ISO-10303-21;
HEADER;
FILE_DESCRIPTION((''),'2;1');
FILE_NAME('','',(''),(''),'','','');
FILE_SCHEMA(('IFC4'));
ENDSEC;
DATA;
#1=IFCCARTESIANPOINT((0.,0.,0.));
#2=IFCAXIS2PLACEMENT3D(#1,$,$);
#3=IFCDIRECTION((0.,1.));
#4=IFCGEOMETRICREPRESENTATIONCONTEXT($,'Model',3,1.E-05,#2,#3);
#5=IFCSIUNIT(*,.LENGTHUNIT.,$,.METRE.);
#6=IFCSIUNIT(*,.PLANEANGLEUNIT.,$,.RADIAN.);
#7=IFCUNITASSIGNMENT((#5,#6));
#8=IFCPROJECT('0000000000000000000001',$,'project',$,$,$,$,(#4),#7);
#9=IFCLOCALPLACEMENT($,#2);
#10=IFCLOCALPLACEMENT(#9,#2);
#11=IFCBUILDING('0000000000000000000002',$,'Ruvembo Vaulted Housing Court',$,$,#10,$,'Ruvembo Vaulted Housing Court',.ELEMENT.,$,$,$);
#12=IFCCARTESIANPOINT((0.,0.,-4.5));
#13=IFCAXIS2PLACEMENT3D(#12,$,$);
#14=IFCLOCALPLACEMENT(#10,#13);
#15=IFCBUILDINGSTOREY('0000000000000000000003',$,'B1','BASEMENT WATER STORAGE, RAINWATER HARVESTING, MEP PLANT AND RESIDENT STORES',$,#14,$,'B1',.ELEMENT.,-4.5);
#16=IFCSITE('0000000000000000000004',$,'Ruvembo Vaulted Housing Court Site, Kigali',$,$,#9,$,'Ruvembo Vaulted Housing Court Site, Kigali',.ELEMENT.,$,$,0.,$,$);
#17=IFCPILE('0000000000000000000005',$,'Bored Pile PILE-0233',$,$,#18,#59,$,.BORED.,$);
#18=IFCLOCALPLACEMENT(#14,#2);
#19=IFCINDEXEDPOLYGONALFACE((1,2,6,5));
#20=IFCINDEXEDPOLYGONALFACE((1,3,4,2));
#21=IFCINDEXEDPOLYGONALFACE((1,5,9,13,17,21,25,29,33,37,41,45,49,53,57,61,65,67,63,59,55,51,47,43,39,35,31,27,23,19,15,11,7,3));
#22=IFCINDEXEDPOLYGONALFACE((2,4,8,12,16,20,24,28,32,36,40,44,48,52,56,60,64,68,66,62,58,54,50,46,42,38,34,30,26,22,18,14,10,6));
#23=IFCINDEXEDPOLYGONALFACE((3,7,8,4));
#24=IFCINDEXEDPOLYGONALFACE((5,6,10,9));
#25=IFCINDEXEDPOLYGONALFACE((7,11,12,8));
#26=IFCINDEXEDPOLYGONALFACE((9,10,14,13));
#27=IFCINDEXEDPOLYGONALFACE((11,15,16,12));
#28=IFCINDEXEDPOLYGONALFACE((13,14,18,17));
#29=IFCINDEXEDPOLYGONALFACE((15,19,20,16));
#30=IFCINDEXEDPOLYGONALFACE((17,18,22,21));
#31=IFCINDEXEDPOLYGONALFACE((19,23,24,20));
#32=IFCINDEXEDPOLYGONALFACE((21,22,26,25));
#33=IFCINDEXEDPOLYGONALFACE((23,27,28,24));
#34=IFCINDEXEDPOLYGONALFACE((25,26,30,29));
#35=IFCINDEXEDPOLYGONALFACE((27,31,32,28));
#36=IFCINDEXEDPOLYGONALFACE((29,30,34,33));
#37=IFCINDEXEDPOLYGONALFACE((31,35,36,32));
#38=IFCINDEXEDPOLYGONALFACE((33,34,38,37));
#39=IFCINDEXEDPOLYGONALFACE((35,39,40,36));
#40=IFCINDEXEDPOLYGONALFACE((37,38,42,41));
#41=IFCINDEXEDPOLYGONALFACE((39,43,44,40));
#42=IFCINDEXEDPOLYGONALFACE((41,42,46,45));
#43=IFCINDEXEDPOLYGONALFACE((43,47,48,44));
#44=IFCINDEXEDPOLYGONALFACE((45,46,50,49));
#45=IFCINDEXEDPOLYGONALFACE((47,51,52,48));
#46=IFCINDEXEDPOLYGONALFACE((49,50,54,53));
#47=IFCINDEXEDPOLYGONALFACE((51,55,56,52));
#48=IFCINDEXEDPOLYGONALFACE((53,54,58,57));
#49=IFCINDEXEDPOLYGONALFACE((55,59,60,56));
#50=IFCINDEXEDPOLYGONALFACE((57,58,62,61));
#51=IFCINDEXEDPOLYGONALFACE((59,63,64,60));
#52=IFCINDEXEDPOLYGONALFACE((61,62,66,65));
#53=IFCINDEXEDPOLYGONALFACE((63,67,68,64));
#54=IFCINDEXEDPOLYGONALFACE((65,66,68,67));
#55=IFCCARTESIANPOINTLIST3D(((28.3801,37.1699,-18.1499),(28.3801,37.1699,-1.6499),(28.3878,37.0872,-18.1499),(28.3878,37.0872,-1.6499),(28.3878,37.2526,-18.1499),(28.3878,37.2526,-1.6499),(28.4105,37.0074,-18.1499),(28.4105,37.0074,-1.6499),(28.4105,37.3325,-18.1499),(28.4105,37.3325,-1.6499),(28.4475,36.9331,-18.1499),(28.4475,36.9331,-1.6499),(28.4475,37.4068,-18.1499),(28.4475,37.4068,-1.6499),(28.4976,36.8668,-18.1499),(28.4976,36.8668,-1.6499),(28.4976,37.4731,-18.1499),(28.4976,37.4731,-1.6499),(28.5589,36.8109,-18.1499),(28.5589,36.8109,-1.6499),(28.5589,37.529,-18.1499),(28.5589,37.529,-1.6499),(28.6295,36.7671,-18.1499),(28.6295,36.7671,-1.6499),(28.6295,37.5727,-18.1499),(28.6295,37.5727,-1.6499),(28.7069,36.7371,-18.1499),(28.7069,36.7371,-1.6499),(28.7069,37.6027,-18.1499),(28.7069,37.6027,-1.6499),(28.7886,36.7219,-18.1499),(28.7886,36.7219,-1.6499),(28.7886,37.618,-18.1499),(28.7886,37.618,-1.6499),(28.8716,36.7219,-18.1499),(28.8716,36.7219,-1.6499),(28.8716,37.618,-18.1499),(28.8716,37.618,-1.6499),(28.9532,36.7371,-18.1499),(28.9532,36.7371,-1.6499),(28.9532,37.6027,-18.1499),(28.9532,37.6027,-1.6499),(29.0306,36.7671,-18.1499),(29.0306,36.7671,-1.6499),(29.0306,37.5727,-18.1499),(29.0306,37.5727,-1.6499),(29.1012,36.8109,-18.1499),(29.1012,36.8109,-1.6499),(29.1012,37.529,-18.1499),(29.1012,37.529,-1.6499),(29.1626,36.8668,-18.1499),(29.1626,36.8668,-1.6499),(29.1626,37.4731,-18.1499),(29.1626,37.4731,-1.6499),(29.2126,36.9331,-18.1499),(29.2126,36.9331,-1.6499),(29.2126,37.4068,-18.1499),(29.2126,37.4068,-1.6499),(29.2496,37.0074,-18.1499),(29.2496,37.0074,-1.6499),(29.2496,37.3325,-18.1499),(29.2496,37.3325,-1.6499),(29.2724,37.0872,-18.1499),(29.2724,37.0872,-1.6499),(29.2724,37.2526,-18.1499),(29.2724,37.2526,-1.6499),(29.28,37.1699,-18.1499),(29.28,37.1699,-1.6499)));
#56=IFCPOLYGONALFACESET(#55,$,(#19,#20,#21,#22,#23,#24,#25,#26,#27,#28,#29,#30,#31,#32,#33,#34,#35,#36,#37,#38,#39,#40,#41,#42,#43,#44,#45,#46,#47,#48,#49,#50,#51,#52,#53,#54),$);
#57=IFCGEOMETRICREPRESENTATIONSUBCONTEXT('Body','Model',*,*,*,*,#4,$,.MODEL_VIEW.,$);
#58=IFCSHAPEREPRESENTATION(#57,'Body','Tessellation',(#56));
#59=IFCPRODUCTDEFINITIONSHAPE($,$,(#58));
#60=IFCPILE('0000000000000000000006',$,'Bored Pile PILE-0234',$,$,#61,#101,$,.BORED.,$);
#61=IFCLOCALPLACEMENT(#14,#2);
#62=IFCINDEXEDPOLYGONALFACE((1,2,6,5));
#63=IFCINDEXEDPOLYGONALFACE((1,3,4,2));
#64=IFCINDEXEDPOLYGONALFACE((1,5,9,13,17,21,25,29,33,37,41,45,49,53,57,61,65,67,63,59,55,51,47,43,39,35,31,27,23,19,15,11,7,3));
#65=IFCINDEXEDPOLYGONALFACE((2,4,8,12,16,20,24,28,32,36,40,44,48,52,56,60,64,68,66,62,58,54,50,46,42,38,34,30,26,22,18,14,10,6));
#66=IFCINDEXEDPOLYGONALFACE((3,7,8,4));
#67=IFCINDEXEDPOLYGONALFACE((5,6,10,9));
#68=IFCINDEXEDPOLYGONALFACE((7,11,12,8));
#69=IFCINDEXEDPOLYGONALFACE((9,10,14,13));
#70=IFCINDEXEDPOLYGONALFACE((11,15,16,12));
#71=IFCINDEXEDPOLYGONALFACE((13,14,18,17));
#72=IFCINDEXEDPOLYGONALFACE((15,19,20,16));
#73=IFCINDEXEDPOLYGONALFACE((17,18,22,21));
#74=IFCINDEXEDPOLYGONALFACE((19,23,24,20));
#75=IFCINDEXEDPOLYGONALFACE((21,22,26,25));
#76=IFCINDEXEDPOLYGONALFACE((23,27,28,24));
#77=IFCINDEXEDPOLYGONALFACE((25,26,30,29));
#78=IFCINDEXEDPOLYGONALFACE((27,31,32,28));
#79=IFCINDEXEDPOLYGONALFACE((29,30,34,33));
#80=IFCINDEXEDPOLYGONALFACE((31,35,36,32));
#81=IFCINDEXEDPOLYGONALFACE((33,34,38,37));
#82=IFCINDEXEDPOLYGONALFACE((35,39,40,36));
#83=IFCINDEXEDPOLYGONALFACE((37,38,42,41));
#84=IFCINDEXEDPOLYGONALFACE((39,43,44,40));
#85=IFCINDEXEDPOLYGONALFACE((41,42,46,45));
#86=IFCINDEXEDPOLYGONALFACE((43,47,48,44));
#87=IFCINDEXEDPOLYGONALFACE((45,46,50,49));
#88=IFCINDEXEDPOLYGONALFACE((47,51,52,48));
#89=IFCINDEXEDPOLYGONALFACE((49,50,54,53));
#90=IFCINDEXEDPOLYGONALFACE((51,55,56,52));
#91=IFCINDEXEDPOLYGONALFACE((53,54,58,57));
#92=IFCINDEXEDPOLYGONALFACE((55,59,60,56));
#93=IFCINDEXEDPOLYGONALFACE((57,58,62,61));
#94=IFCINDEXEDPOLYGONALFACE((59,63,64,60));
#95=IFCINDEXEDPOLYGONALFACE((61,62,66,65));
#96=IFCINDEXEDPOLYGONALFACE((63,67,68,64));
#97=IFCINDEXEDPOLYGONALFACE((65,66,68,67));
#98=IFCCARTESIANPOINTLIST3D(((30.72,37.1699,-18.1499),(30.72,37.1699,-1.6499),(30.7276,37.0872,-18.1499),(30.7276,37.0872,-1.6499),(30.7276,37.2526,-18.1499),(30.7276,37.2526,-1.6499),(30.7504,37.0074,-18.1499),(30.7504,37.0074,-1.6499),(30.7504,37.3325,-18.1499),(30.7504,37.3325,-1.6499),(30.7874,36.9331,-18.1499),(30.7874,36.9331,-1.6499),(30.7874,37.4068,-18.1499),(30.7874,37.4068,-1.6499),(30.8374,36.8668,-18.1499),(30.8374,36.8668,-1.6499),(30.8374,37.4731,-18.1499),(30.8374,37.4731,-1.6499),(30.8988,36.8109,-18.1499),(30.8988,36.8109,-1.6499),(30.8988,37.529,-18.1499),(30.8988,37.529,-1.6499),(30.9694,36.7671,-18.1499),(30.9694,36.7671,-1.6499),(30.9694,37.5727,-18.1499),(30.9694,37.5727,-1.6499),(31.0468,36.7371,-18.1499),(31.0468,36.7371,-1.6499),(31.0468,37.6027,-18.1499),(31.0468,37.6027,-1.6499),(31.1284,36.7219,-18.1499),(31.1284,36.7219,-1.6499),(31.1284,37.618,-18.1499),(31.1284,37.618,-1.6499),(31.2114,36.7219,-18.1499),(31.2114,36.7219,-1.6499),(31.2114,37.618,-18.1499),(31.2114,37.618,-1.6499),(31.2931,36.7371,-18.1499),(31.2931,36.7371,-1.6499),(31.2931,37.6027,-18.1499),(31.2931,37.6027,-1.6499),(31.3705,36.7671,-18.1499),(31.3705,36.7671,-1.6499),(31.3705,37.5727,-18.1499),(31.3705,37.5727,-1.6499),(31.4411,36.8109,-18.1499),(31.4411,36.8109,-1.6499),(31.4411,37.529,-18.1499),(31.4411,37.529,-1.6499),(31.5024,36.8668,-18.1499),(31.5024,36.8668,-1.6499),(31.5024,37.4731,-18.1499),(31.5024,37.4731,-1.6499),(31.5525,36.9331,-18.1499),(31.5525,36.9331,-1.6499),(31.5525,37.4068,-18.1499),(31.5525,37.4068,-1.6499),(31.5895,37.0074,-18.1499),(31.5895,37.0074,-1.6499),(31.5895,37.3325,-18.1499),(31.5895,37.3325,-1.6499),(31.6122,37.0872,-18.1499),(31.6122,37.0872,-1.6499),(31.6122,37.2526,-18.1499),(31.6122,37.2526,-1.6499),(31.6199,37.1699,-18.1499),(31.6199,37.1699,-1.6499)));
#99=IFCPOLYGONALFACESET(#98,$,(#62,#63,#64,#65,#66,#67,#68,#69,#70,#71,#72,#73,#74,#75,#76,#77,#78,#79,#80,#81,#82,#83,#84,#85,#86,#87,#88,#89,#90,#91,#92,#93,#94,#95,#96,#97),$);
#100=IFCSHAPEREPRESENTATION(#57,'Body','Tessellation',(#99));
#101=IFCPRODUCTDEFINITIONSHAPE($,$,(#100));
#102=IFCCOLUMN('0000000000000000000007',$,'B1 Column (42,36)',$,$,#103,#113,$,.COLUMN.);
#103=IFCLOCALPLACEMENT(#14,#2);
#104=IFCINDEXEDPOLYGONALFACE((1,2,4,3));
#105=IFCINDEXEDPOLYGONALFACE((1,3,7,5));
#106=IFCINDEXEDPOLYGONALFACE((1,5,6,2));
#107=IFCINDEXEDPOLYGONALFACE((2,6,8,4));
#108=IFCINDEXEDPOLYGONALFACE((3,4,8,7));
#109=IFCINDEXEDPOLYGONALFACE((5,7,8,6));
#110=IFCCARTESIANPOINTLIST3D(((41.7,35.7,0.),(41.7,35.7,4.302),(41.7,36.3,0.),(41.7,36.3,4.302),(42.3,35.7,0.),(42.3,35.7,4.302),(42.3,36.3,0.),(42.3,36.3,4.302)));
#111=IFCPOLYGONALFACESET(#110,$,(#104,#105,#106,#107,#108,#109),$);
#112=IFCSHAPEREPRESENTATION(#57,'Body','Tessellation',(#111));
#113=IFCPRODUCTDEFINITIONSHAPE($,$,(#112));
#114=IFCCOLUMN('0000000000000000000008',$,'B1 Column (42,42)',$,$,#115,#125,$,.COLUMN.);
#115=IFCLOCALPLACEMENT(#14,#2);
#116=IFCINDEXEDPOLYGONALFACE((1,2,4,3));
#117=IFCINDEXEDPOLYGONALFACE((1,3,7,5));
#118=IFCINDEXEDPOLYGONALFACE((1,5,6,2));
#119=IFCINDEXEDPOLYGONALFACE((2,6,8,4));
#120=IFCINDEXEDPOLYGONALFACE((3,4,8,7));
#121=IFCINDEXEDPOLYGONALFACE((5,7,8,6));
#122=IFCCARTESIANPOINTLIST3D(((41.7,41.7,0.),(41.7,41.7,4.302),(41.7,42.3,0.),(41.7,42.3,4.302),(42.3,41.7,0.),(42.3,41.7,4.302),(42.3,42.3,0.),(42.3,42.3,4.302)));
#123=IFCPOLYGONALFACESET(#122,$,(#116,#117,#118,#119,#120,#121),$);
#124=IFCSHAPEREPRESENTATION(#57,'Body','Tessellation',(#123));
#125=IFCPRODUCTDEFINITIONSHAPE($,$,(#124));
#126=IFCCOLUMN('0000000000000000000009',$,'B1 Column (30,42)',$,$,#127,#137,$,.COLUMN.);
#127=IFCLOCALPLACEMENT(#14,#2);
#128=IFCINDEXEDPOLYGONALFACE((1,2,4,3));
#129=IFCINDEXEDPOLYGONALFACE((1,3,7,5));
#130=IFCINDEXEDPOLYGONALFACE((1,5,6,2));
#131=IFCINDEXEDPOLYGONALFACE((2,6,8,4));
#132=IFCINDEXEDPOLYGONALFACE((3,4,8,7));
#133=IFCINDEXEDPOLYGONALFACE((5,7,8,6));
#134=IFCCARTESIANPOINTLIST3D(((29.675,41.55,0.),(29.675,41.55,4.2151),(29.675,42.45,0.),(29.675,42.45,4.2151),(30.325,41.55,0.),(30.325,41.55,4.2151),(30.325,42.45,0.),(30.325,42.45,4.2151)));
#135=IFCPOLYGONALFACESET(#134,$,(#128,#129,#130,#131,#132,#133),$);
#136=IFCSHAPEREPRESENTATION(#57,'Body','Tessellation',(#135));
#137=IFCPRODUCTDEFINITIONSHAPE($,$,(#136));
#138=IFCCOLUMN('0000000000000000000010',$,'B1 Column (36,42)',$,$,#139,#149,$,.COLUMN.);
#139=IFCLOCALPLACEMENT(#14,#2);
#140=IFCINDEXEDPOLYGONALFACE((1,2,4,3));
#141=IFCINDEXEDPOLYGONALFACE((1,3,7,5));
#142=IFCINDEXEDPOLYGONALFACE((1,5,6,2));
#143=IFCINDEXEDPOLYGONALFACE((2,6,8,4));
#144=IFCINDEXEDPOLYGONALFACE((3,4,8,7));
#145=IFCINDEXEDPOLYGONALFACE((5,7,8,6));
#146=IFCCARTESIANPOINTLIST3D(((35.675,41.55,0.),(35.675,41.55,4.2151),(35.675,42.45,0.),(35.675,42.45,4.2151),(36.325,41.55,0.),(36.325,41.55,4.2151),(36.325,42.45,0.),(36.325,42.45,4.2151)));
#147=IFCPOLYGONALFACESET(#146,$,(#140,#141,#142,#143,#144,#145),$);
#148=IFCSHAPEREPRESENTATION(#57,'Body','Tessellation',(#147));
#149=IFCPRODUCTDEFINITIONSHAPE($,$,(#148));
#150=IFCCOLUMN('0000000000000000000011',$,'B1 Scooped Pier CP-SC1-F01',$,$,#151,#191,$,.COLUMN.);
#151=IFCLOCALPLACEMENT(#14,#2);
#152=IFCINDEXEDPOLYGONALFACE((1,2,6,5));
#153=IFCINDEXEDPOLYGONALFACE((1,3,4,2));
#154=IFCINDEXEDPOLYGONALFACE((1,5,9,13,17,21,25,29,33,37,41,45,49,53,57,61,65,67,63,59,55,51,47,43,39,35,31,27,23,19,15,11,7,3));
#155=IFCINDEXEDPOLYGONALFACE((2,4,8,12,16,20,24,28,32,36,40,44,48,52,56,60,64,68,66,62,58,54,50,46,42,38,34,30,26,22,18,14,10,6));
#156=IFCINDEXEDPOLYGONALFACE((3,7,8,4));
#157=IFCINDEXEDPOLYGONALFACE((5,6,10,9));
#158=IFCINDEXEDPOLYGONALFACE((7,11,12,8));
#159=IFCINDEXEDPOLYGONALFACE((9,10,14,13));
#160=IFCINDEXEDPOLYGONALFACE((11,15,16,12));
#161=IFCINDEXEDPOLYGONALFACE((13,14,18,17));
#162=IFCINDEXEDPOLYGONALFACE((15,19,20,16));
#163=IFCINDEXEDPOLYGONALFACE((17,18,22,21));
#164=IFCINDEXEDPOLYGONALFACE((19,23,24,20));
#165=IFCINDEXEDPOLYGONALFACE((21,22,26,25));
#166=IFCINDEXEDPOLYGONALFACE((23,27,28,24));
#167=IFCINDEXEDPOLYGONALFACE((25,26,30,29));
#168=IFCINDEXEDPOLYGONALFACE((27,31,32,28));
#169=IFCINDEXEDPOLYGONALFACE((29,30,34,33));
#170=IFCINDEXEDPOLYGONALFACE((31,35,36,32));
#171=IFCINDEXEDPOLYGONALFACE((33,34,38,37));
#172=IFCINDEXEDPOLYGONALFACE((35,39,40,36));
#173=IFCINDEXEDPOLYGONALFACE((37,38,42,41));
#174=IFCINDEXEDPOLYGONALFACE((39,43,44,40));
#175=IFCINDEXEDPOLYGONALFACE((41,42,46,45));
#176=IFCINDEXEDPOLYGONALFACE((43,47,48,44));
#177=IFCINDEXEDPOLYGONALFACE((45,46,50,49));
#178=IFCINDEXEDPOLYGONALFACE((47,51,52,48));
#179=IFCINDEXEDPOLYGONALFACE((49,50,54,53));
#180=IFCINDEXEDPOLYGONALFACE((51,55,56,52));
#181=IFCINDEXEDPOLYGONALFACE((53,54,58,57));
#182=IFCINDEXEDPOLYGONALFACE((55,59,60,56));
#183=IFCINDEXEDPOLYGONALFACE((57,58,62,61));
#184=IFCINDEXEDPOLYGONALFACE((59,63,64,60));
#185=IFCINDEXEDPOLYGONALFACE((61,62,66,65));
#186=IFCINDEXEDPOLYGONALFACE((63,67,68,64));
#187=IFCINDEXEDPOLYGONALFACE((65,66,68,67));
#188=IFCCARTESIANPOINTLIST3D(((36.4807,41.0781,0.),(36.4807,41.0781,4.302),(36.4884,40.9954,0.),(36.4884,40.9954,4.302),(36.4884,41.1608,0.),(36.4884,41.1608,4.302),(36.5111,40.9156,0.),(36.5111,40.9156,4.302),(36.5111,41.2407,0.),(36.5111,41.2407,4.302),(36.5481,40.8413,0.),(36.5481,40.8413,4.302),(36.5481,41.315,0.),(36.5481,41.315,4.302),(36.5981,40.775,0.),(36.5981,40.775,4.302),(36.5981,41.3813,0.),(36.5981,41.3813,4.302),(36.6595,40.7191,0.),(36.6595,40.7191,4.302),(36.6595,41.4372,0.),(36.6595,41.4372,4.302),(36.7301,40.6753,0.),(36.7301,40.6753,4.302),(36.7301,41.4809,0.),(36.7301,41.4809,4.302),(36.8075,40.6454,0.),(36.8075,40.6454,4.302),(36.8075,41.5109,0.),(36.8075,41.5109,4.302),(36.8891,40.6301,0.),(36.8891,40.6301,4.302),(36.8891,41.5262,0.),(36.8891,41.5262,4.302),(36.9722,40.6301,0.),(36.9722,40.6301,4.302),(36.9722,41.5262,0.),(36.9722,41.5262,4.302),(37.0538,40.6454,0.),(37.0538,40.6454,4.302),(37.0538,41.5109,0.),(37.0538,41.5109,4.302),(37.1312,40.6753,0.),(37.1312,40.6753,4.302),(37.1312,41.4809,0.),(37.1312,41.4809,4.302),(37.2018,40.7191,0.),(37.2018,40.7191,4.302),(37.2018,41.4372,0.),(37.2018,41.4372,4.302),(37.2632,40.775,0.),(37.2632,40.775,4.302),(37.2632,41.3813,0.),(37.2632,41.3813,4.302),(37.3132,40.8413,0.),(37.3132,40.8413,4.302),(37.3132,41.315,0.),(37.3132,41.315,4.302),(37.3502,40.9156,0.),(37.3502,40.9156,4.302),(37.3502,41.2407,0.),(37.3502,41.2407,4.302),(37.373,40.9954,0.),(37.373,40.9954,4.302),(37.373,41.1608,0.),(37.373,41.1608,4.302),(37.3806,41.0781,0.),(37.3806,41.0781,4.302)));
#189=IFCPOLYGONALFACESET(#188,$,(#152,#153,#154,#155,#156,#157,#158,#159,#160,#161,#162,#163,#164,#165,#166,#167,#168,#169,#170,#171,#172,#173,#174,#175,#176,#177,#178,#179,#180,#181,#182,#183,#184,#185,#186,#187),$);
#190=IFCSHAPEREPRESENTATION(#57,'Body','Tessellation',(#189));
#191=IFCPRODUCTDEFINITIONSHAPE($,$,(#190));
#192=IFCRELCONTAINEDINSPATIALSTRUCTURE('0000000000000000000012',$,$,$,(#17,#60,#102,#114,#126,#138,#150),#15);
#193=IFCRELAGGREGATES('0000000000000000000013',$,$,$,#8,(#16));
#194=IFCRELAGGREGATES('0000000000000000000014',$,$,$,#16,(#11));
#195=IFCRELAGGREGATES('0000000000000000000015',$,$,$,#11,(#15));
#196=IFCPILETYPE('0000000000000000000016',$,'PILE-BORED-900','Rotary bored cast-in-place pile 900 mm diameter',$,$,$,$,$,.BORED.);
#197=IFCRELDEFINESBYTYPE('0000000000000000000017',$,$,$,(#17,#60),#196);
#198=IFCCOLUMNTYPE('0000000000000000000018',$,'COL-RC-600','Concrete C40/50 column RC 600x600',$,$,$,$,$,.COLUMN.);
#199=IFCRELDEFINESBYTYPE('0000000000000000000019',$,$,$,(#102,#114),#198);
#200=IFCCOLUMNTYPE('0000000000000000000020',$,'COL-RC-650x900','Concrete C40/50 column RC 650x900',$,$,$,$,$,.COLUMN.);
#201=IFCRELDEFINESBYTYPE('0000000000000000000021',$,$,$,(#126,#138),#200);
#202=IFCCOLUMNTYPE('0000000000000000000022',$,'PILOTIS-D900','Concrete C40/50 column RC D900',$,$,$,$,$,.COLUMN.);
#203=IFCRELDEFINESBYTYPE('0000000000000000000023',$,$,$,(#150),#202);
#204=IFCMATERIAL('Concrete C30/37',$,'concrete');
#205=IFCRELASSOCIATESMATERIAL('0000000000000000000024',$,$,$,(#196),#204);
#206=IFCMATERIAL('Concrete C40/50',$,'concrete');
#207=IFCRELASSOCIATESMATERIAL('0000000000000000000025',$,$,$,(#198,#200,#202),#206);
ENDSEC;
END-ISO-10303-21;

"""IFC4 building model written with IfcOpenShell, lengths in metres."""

from ifc_helpers import new_model, si_unit, direction, frame, origin, origin_2d, place, context, subcontext, project, spatial, rectangle, circle, extrude, material, material_profile, profile_set, type_object, element, save


model = new_model("IFC4")

# Units and contexts
model_context = context("Model", 3, precision=1e-05, world=origin(), true_north=direction((0.0, 1.0)))
body_context = subcontext(model_context, "Body", "Model", "MODEL_VIEW")
ifc_project = project(units=[si_unit("LENGTHUNIT", "METRE"), si_unit("PLANEANGLEUNIT", "RADIAN")], contexts=[model_context])

# Site, building, storey
site_placement = place(None, origin())
site = spatial("IfcSite", under=ifc_project, at=site_placement, Name="Ruvembo Vaulted Housing Court Site, Kigali", LongName="Ruvembo Vaulted Housing Court Site, Kigali", CompositionType="ELEMENT", RefElevation=0.0)
building_placement = place(site_placement, origin())
building = spatial("IfcBuilding", under=site, at=building_placement, Name="Ruvembo Vaulted Housing Court", LongName="Ruvembo Vaulted Housing Court", CompositionType="ELEMENT")
storey_placement = place(building_placement, frame((0.0, 0.0, -4.5)))
storey = spatial("IfcBuildingStorey", under=building, at=storey_placement, Name="B1", Description="BASEMENT WATER STORAGE, RAINWATER HARVESTING, MEP PLANT AND RESIDENT STORES", LongName="B1", CompositionType="ELEMENT", Elevation=-4.5)

# Piles
ifc_material_1 = material(Name="Concrete C30/37", Category="concrete")
ifc_material_profile_1 = material_profile(ifc_material_1, circle(Radius=0.45, at=origin_2d()), Name="PILE D900")
ifc_profile_set_1 = profile_set([ifc_material_profile_1], Name="Concrete C30/37")
pile_type_1 = type_object("IfcPileType", Name="PILE-BORED-900", Description="Rotary bored cast-in-place pile 900 mm diameter", PredefinedType="BORED", material=ifc_profile_set_1)
for number, where, z_axis, x_axis, name in (
    (1, (28.8301, 37.1699, -1.6499), (0.0, 0.0, -1.0), (1.0, 0.0, 0.0), "Bored Pile PILE-0233"),
    (2, (31.1699, 37.1699, -1.6499), (0.0, 0.0, -1.0), (1.0, 0.0, 0.0), "Bored Pile PILE-0234"),
):
    element("IfcPile", number, at=place(storey_placement, frame(where, z_axis=z_axis, x_axis=x_axis)), inside=storey, type_object=pile_type_1, Name=name, PredefinedType="BORED", context=body_context, shape_type="SweptSolid", body=[
        extrude(circle(Radius=0.45, at=origin_2d()), origin(), (0.0, 0.0, 1.0), 16.5),
    ])

# Columns
ifc_material_2 = material(Name="Concrete C40/50", Category="concrete")
ifc_material_profile_2 = material_profile(ifc_material_2, rectangle(XDim=0.6001, YDim=0.6001, at=origin_2d()), Name="RC 600x600")
ifc_profile_set_2 = profile_set([ifc_material_profile_2], Name="Concrete C40/50")
column_type_1 = type_object("IfcColumnType", Name="COL-RC-600", Description="Concrete C40/50 column RC 600x600", PredefinedType="COLUMN", material=ifc_profile_set_2)
for number, where, z_axis, x_axis, name in (
    (3, (42.0, 36.0, 0.0), (0.0, 0.0, 1.0), (1.0, 0.0, 0.0), "B1 Column (42,36)"),
    (4, (42.0, 42.0, 0.0), (0.0, 0.0, 1.0), (1.0, 0.0, 0.0), "B1 Column (42,42)"),
):
    element("IfcColumn", number, at=place(storey_placement, frame(where, z_axis=z_axis, x_axis=x_axis)), inside=storey, type_object=column_type_1, Name=name, PredefinedType="COLUMN", context=body_context, shape_type="SweptSolid", body=[
        extrude(rectangle(XDim=0.6001, YDim=0.6001, at=origin_2d()), origin(), (0.0, 0.0, 1.0), 4.302),
    ])
ifc_material_profile_3 = material_profile(ifc_material_2, rectangle(XDim=0.6499, YDim=0.8999, at=origin_2d()), Name="RC 650x900")
ifc_profile_set_3 = profile_set([ifc_material_profile_3], Name="Concrete C40/50")
column_type_2 = type_object("IfcColumnType", Name="COL-RC-650x900", Description="Concrete C40/50 column RC 650x900", PredefinedType="COLUMN", material=ifc_profile_set_3)
for number, where, z_axis, x_axis, name in (
    (5, (30.0, 42.0, 0.0), (0.0, 0.0, 1.0), (1.0, 0.0, 0.0), "B1 Column (30,42)"),
    (6, (36.0, 42.0, 0.0), (0.0, 0.0, 1.0), (1.0, 0.0, 0.0), "B1 Column (36,42)"),
):
    element("IfcColumn", number, at=place(storey_placement, frame(where, z_axis=z_axis, x_axis=x_axis)), inside=storey, type_object=column_type_2, Name=name, PredefinedType="COLUMN", context=body_context, shape_type="SweptSolid", body=[
        extrude(rectangle(XDim=0.6499, YDim=0.8999, at=origin_2d()), origin(), (0.0, 0.0, 1.0), 4.2151),
    ])
ifc_material_profile_4 = material_profile(ifc_material_2, circle(Radius=0.45, at=origin_2d()), Name="RC D900")
ifc_profile_set_4 = profile_set([ifc_material_profile_4], Name="Concrete C40/50")
column_type_3 = type_object("IfcColumnType", Name="PILOTIS-D900", Description="Concrete C40/50 column RC D900", PredefinedType="COLUMN", material=ifc_profile_set_4)
column_placement = place(storey_placement, frame((36.9307, 41.0781, 0.0), z_axis=(0.0, 0.0, 1.0), x_axis=(1.0, 0.0, 0.0)))
element("IfcColumn", 7, at=column_placement, inside=storey, type_object=column_type_3, Name="B1 Scooped Pier CP-SC1-F01", PredefinedType="COLUMN", context=body_context, shape_type="SweptSolid", body=[
    extrude(circle(Radius=0.45, at=origin_2d()), origin(), (0.0, 0.0, 1.0), 4.302),
])

save(model, "model.ifc")
